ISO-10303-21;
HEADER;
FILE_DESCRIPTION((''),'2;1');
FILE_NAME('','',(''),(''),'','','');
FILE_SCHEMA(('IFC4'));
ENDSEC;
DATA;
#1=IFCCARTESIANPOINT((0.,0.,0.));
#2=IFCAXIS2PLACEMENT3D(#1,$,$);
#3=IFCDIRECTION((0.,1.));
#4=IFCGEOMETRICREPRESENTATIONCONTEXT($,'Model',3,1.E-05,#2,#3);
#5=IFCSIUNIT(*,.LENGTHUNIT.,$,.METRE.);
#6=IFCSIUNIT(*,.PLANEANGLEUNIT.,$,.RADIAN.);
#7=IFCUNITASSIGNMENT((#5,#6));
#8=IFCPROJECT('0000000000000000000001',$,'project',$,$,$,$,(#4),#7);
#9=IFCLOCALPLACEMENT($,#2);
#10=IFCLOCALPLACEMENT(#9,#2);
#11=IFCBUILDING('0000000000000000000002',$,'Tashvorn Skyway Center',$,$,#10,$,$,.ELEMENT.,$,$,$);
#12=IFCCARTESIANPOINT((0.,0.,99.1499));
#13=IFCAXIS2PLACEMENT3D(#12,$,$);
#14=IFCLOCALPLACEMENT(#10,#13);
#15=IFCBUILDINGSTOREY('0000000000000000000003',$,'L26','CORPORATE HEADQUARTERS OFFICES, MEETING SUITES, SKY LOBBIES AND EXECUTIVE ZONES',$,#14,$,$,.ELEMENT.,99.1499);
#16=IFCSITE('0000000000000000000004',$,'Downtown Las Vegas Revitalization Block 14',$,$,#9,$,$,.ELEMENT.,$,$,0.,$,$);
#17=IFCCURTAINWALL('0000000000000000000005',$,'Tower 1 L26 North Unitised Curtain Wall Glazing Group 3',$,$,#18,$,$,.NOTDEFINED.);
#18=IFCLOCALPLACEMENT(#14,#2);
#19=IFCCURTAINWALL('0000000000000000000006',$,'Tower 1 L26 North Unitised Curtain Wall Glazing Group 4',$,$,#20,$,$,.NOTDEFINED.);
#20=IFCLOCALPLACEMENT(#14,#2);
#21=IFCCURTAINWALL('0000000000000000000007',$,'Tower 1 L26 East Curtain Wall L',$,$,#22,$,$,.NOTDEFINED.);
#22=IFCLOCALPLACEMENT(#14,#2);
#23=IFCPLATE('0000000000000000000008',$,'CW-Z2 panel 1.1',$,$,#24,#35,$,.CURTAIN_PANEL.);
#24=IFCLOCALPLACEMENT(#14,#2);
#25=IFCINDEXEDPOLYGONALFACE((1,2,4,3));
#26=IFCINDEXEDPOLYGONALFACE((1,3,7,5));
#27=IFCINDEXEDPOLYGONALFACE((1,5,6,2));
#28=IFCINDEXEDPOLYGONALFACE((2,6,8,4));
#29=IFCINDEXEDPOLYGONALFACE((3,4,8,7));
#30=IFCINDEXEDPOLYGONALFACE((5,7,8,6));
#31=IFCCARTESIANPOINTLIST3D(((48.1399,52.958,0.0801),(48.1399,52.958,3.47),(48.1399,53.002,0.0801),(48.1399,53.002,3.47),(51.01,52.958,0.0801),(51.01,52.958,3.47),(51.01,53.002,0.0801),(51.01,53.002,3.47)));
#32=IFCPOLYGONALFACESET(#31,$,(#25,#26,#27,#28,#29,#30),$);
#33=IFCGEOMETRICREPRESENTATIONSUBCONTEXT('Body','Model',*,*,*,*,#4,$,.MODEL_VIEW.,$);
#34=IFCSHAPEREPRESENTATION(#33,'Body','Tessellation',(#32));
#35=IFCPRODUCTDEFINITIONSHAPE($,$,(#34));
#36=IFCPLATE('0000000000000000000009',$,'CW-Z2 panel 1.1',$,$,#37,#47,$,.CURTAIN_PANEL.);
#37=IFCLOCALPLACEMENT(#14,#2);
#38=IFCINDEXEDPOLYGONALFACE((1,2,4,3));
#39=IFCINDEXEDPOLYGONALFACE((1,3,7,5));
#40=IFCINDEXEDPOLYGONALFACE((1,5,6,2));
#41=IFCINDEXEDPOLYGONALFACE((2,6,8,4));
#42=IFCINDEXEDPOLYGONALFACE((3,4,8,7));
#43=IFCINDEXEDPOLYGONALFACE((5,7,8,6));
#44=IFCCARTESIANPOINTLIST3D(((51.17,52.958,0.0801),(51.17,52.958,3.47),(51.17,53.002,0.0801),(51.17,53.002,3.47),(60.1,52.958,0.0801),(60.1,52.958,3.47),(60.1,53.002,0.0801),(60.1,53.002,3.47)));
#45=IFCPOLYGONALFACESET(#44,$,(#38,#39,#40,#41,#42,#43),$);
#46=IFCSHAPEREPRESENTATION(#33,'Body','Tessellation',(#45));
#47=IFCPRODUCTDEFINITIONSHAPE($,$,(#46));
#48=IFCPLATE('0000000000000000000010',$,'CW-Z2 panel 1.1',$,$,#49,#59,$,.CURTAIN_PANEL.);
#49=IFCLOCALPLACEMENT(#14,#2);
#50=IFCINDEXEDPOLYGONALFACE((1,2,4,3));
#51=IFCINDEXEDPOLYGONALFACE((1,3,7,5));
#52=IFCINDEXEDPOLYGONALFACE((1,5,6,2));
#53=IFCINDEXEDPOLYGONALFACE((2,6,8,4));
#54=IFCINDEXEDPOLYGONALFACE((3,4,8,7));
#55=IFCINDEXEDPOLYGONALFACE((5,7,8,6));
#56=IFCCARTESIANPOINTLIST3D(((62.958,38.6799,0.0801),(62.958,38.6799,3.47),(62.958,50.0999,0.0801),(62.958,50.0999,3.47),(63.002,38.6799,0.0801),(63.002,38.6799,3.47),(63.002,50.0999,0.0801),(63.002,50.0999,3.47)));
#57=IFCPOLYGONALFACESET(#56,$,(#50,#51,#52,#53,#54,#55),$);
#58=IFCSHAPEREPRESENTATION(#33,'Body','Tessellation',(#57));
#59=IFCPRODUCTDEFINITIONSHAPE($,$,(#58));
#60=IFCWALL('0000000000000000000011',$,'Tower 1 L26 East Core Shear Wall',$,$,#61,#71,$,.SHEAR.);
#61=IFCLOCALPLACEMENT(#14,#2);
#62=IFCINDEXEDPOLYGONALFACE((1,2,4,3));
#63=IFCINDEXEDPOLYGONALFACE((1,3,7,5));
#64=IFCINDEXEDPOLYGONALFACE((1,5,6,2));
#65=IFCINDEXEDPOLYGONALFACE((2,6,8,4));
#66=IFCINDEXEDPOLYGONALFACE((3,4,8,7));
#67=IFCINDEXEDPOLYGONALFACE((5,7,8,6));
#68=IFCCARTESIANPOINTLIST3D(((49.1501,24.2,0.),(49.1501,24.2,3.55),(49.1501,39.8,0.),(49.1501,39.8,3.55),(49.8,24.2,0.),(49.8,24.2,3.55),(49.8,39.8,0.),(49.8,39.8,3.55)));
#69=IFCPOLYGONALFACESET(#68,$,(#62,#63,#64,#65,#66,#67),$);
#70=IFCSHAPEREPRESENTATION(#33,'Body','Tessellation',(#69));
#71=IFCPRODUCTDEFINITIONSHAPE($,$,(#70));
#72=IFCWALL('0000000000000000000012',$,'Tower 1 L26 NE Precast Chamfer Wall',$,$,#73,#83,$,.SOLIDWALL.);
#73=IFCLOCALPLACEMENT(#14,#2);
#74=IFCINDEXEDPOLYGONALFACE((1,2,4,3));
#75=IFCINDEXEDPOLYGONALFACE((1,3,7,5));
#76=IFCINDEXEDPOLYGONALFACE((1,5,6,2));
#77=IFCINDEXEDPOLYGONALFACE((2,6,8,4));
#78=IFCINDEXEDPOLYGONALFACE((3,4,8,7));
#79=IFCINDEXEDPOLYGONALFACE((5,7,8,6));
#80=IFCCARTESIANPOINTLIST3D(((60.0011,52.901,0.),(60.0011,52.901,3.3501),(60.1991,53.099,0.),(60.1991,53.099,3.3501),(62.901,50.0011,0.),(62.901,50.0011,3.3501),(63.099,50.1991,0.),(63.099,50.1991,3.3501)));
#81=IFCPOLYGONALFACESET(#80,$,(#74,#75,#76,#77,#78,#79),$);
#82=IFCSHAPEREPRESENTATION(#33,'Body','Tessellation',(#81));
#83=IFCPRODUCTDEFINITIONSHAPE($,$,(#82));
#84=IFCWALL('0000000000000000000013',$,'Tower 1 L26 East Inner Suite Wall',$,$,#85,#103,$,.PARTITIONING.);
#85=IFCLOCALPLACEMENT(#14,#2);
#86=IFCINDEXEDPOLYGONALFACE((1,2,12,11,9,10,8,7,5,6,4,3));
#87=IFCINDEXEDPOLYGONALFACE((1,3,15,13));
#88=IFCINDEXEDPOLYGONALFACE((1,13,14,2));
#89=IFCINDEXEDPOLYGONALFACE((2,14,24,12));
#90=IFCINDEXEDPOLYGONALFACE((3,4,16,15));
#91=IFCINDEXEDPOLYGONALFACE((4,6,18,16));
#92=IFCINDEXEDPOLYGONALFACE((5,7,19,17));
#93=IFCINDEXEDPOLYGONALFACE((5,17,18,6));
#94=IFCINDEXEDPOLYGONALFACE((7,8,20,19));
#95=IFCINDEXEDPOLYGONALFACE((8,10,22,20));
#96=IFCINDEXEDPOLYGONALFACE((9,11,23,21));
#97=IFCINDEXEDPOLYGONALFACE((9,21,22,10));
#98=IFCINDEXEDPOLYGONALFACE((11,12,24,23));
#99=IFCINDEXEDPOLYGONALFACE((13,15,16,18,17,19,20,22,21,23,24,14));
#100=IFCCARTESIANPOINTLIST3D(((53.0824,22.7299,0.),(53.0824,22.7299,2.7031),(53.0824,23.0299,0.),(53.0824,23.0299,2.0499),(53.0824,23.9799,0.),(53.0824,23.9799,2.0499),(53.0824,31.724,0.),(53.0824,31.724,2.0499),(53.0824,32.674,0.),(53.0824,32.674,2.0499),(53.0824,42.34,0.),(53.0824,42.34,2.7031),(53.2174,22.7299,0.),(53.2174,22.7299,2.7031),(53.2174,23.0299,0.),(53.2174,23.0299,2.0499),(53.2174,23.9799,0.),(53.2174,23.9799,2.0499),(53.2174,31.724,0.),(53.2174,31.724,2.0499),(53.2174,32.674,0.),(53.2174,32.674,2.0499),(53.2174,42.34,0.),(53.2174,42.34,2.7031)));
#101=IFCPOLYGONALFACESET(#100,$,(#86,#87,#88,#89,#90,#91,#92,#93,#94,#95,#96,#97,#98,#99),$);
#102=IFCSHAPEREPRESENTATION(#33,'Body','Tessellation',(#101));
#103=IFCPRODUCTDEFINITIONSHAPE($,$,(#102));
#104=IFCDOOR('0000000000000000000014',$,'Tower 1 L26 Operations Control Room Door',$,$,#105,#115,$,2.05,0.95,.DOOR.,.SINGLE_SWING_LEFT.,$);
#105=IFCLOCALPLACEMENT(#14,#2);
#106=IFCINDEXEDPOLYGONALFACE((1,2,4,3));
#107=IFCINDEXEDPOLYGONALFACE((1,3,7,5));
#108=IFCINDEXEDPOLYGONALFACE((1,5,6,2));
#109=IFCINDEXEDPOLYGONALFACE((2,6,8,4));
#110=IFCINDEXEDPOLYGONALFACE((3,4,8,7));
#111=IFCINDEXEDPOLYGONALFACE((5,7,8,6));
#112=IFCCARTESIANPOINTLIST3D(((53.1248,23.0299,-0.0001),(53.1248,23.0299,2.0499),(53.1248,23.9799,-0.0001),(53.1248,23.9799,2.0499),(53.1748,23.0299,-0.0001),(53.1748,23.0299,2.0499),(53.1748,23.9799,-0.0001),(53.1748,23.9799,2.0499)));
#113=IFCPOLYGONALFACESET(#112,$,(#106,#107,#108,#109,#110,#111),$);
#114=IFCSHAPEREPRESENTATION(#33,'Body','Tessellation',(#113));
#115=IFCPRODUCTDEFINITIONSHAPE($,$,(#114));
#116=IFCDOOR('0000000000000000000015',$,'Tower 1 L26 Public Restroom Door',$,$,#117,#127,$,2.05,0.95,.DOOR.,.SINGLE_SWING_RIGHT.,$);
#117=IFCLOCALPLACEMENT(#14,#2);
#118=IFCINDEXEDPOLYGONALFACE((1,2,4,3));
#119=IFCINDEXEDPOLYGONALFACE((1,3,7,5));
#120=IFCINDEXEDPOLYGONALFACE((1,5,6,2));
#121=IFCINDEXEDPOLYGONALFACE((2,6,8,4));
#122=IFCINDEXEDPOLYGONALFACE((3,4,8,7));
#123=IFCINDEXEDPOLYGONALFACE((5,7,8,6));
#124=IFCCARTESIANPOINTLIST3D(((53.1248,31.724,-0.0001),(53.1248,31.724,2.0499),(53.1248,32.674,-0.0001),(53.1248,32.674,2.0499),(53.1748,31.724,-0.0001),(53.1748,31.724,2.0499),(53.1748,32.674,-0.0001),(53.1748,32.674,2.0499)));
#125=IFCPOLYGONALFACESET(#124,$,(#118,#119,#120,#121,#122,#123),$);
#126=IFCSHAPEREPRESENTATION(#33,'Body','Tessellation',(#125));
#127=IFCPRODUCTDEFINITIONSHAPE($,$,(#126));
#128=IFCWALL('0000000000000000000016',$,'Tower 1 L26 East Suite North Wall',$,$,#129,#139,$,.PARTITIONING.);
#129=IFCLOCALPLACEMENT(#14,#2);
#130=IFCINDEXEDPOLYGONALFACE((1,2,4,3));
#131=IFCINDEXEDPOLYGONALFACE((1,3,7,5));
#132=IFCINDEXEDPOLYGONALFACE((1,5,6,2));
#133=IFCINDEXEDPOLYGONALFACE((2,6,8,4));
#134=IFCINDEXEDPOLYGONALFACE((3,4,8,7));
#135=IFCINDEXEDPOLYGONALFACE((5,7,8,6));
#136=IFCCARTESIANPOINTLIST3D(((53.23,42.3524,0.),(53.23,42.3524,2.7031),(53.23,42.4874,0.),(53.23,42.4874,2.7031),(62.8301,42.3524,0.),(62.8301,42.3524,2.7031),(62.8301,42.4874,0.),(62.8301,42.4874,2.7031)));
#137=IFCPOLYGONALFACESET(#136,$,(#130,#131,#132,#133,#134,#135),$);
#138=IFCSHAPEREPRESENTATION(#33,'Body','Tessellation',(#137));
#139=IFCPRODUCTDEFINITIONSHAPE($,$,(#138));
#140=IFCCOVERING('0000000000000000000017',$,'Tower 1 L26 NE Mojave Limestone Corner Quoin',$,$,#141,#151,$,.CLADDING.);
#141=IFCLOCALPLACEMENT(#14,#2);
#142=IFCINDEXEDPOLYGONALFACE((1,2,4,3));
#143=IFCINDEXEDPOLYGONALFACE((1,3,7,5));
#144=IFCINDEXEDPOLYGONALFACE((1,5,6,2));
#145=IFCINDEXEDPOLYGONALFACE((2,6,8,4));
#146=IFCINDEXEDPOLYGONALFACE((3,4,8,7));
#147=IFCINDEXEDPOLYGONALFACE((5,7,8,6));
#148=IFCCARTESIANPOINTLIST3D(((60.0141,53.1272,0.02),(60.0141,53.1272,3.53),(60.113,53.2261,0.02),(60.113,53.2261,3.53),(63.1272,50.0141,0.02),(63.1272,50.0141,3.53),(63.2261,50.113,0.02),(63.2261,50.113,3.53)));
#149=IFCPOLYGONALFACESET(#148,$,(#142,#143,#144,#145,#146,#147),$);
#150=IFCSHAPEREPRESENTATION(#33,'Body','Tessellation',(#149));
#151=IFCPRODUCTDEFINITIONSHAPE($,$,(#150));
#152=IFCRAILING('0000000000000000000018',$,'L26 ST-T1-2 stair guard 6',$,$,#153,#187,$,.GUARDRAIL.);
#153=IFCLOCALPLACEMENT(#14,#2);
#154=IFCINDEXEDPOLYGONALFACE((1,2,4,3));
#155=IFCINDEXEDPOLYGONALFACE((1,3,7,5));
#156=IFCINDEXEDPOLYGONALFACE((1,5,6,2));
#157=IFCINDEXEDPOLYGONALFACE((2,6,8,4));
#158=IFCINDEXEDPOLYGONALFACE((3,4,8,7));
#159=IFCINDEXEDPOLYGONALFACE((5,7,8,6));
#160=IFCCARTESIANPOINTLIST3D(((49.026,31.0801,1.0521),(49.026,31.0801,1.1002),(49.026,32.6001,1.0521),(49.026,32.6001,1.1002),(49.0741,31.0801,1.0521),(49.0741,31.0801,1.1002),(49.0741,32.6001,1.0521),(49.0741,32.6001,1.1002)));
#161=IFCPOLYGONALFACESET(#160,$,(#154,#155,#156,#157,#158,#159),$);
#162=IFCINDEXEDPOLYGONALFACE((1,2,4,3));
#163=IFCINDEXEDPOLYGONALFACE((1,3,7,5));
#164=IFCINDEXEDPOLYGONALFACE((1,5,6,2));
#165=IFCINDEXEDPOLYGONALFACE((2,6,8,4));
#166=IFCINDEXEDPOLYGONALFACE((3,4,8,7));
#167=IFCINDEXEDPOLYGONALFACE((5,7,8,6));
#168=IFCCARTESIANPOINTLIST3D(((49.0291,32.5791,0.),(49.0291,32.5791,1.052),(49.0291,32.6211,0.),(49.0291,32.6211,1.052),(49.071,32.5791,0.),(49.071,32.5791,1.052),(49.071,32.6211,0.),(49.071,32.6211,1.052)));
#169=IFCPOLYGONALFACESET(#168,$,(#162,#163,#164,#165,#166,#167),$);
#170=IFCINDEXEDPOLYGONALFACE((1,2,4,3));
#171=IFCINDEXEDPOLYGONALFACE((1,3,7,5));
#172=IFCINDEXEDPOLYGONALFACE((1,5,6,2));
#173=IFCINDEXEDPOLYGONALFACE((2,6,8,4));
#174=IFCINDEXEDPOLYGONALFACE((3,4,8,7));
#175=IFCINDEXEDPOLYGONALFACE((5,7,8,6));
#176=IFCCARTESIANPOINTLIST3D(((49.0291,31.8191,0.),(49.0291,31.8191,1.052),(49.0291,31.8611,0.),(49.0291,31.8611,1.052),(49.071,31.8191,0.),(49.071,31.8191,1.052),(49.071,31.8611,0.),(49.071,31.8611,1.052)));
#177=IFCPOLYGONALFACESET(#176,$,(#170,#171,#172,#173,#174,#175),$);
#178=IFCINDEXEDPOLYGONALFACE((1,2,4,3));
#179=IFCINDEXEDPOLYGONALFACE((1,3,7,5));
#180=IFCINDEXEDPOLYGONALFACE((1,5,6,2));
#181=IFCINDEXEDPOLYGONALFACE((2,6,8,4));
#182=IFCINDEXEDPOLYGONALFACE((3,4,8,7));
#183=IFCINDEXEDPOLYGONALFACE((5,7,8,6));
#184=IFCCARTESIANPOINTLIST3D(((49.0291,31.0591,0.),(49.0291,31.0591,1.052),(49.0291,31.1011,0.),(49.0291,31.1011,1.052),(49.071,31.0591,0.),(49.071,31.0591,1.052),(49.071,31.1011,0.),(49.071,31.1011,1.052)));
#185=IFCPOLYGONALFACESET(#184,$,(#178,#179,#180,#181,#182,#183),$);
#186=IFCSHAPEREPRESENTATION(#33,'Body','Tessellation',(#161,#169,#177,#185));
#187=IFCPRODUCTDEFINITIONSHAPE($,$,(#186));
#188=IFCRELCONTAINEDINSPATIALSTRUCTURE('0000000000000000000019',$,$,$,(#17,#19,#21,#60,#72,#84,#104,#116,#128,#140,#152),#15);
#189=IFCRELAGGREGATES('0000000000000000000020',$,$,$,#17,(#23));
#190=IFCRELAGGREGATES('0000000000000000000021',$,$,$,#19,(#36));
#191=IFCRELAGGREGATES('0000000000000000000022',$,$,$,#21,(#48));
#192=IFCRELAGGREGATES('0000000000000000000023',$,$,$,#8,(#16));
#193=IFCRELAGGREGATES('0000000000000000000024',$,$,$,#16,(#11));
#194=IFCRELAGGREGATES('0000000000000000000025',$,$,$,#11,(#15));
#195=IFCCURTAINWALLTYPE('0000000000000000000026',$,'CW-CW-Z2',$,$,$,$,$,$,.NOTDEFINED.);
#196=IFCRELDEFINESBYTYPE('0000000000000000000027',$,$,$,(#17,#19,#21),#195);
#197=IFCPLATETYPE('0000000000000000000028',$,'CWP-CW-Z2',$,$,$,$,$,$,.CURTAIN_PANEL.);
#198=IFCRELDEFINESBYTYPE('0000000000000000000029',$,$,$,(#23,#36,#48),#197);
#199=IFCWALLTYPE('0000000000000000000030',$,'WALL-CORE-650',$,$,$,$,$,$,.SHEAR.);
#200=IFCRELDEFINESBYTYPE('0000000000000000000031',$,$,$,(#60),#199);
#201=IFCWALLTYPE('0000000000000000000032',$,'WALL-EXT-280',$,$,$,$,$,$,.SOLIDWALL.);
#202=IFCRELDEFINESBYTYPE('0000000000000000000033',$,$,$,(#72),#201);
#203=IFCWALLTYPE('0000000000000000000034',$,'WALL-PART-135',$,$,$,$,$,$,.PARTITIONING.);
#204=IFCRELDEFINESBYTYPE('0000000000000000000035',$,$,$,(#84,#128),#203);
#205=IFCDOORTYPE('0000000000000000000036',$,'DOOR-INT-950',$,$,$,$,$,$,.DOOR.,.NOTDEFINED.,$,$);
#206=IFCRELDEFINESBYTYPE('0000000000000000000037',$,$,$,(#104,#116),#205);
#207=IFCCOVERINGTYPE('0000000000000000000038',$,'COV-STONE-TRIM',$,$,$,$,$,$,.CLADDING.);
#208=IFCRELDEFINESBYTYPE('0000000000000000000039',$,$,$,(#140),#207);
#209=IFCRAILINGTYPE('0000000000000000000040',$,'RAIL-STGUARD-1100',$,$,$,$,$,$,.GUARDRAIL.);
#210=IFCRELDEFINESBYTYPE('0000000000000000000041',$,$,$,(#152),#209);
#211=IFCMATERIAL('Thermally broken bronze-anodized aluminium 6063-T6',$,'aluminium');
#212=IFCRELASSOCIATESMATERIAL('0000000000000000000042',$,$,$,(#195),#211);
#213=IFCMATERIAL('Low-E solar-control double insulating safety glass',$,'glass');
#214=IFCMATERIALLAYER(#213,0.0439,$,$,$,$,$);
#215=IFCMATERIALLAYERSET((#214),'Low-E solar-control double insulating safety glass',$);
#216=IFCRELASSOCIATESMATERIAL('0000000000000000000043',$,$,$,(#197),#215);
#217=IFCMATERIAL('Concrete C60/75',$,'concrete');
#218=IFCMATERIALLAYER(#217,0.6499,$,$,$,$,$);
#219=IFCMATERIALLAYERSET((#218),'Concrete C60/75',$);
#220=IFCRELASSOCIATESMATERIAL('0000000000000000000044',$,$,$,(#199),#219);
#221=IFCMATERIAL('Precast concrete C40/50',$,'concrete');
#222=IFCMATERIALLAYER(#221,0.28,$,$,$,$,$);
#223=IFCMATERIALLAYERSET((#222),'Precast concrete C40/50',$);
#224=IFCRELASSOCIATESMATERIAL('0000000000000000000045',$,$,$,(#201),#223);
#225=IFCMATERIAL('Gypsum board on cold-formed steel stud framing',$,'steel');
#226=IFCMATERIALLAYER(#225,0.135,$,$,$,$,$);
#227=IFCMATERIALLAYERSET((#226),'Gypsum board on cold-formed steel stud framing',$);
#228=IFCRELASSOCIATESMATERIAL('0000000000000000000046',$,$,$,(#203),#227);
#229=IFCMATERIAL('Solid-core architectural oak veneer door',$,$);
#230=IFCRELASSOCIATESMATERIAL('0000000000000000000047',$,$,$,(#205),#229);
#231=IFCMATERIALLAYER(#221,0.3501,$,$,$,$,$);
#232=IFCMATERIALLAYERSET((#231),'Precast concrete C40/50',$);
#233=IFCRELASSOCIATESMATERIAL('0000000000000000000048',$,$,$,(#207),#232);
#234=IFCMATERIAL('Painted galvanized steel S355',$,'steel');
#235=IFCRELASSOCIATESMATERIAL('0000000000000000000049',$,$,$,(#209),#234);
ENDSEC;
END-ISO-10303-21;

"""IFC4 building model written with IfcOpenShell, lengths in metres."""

from ifc_helpers import new_model, si_unit, direction, frame, frame_2d, origin, origin_2d, place, context, subcontext, project, spatial, rectangle, extrude, material, layer, layer_set, type_object, element, fill, aggregate, save


model = new_model("IFC4")

# Units and contexts
model_context = context("Model", 3, precision=1e-05, world=origin(), true_north=direction((0.0, 1.0)))
body_context = subcontext(model_context, "Body", "Model", "MODEL_VIEW")
ifc_project = project(units=[si_unit("LENGTHUNIT", "METRE"), si_unit("PLANEANGLEUNIT", "RADIAN")], contexts=[model_context])

# Site, building, storey
site_placement = place(None, origin())
site = spatial("IfcSite", under=ifc_project, at=site_placement, Name="Downtown Las Vegas Revitalization Block 14", CompositionType="ELEMENT", RefElevation=0.0)
building_placement = place(site_placement, origin())
building = spatial("IfcBuilding", under=site, at=building_placement, Name="Tashvorn Skyway Center", CompositionType="ELEMENT")
storey_placement = place(building_placement, frame((0.0, 0.0, 99.1499)))
storey = spatial("IfcBuildingStorey", under=building, at=storey_placement, Name="L26", Description="CORPORATE HEADQUARTERS OFFICES, MEETING SUITES, SKY LOBBIES AND EXECUTIVE ZONES", CompositionType="ELEMENT", Elevation=99.1499)

# Curtain walls
ifc_material_1 = material(Name="Thermally broken bronze-anodized aluminium 6063-T6", Category="aluminium")
curtain_wall_type = type_object("IfcCurtainWallType", Name="CW-CW-Z2", PredefinedType="NOTDEFINED", material=ifc_material_1)
curtain_wall_1_placement = place(storey_placement, origin())
curtain_wall_1 = element("IfcCurtainWall", 1, at=curtain_wall_1_placement, inside=storey, type_object=curtain_wall_type, Name="Tower 1 L26 North Unitised Curtain Wall Glazing Group 3", PredefinedType="NOTDEFINED")
curtain_wall_2_placement = place(storey_placement, origin())
curtain_wall_2 = element("IfcCurtainWall", 2, at=curtain_wall_2_placement, inside=storey, type_object=curtain_wall_type, Name="Tower 1 L26 North Unitised Curtain Wall Glazing Group 4", PredefinedType="NOTDEFINED")
curtain_wall_3_placement = place(storey_placement, origin())
curtain_wall_3 = element("IfcCurtainWall", 3, at=curtain_wall_3_placement, inside=storey, type_object=curtain_wall_type, Name="Tower 1 L26 East Curtain Wall L", PredefinedType="NOTDEFINED")

# Plates
ifc_material_2 = material(Name="Low-E solar-control double insulating safety glass", Category="glass")
ifc_layer_1 = layer(ifc_material_2, 0.0439)
ifc_layer_set_1 = layer_set([ifc_layer_1], Name="Low-E solar-control double insulating safety glass")
plate_type = type_object("IfcPlateType", Name="CWP-CW-Z2", PredefinedType="CURTAIN_PANEL", material=ifc_layer_set_1)
plate_1_placement = place(storey_placement, frame((49.575, 52.98, 0.0801), z_axis=(0.0, 0.0, 1.0), x_axis=(1.0, 0.0, 0.0)))
plate_1 = element("IfcPlate", 4, at=plate_1_placement, type_object=plate_type, Name="CW-Z2 panel 1.1", PredefinedType="CURTAIN_PANEL", context=body_context, shape_type="SweptSolid", body=[
    extrude(rectangle(XDim=2.8701, YDim=0.0439, at=origin_2d()), origin(), (0.0, 0.0, 1.0), 3.3899),
])
aggregate(curtain_wall_1, [plate_1])
plate_2_placement = place(storey_placement, frame((55.635, 52.98, 0.0801), z_axis=(0.0, 0.0, 1.0), x_axis=(1.0, 0.0, 0.0)))
plate_2 = element("IfcPlate", 5, at=plate_2_placement, type_object=plate_type, Name="CW-Z2 panel 1.1", PredefinedType="CURTAIN_PANEL", context=body_context, shape_type="SweptSolid", body=[
    extrude(rectangle(XDim=8.9299, YDim=0.0439, at=origin_2d()), origin(), (0.0, 0.0, 1.0), 3.3899),
])
aggregate(curtain_wall_2, [plate_2])
plate_3_placement = place(storey_placement, frame((62.98, 44.3899, 0.0801), z_axis=(0.0, 0.0, 1.0), x_axis=(0.0, -1.0, 0.0)))
plate_3 = element("IfcPlate", 6, at=plate_3_placement, type_object=plate_type, Name="CW-Z2 panel 1.1", PredefinedType="CURTAIN_PANEL", context=body_context, shape_type="SweptSolid", body=[
    extrude(rectangle(XDim=11.4199, YDim=0.0439, at=origin_2d()), origin(), (0.0, 0.0, 1.0), 3.3899),
])
aggregate(curtain_wall_3, [plate_3])

# Walls
ifc_material_3 = material(Name="Concrete C60/75", Category="concrete")
ifc_layer_2 = layer(ifc_material_3, 0.6499)
ifc_layer_set_2 = layer_set([ifc_layer_2], Name="Concrete C60/75")
wall_type_1 = type_object("IfcWallType", Name="WALL-CORE-650", PredefinedType="SHEAR", material=ifc_layer_set_2)
wall_1_placement = place(storey_placement, frame((49.4751, 39.8, 0.0), z_axis=(0.0, 0.0, 1.0), x_axis=(0.0, -1.0, 0.0)))
element("IfcWall", 7, at=wall_1_placement, inside=storey, type_object=wall_type_1, Name="Tower 1 L26 East Core Shear Wall", PredefinedType="SHEAR", context=body_context, shape_type="SweptSolid", body=[
    extrude(rectangle(XDim=15.6001, YDim=0.6499, at=frame_2d((7.8, 0.0))), origin(), (0.0, 0.0, 1.0), 3.55),
])
ifc_material_4 = material(Name="Precast concrete C40/50", Category="concrete")
ifc_layer_3 = layer(ifc_material_4, 0.28)
ifc_layer_set_3 = layer_set([ifc_layer_3], Name="Precast concrete C40/50")
wall_type_2 = type_object("IfcWallType", Name="WALL-EXT-280", PredefinedType="SOLIDWALL", material=ifc_layer_set_3)
wall_2_placement = place(storey_placement, frame((60.1001, 53.0, 0.0), z_axis=(0.0, 0.0, 1.0), x_axis=(0.707107, -0.707107, 0.0)))
element("IfcWall", 8, at=wall_2_placement, inside=storey, type_object=wall_type_2, Name="Tower 1 L26 NE Precast Chamfer Wall", PredefinedType="SOLIDWALL", context=body_context, shape_type="SweptSolid", body=[
    extrude(rectangle(XDim=4.1011, YDim=0.28, at=frame_2d((2.0505, 0.0))), origin(), (0.0, 0.0, 1.0), 3.3501),
])

# Wall, openings, doors
ifc_material_5 = material(Name="Gypsum board on cold-formed steel stud framing", Category="steel")
ifc_layer_4 = layer(ifc_material_5, 0.135)
ifc_layer_set_4 = layer_set([ifc_layer_4], Name="Gypsum board on cold-formed steel stud framing")
wall_type_3 = type_object("IfcWallType", Name="WALL-PART-135", PredefinedType="PARTITIONING", material=ifc_layer_set_4)
wall_3_placement = place(storey_placement, frame((53.1499, 42.3401, 0.0), z_axis=(0.0, 0.0, 1.0), x_axis=(0.0, -1.0, 0.0)))
wall_3 = element("IfcWall", 9, at=wall_3_placement, inside=storey, type_object=wall_type_3, Name="Tower 1 L26 East Inner Suite Wall", PredefinedType="PARTITIONING", context=body_context, shape_type="SweptSolid", body=[
    extrude(rectangle(XDim=19.6101, YDim=0.135, at=frame_2d((9.8052, 0.0))), origin(), (0.0, 0.0, 1.0), 2.7031),
])
opening_1_placement = place(wall_3_placement, frame((18.3601, 0.0, 0.0)))
opening_1 = element("IfcOpeningElement", 10, at=opening_1_placement, cuts=wall_3, PredefinedType="OPENING", context=body_context, shape_type="SweptSolid", body=[
    extrude(rectangle(XDim=0.95, YDim=2.05, at=frame_2d((0.4751, 1.0249))), frame((0.0, 0.0774, 0.0), z_axis=(0.0, -1.0, 0.0), x_axis=(1.0, 0.0, 0.0)), (0.0, 0.0, 1.0), 0.155),
])
opening_2_placement = place(wall_3_placement, frame((9.666, 0.0, 0.0)))
opening_2 = element("IfcOpeningElement", 11, at=opening_2_placement, cuts=wall_3, PredefinedType="OPENING", context=body_context, shape_type="SweptSolid", body=[
    extrude(rectangle(XDim=0.95, YDim=2.05, at=frame_2d((0.4751, 1.0249))), frame((0.0, 0.0774, 0.0), z_axis=(0.0, -1.0, 0.0), x_axis=(1.0, 0.0, 0.0)), (0.0, 0.0, 1.0), 0.155),
])
ifc_material_6 = material(Name="Solid-core architectural oak veneer door")
door_type = type_object("IfcDoorType", Name="DOOR-INT-950", OperationType="NOTDEFINED", PredefinedType="DOOR", material=ifc_material_6)
door_1_placement = place(opening_1_placement, origin())
door_1 = element("IfcDoor", 12, at=door_1_placement, inside=storey, type_object=door_type, Name="Tower 1 L26 Operations Control Room Door", OperationType="SINGLE_SWING_LEFT", OverallHeight=2.05, OverallWidth=0.95, PredefinedType="DOOR", context=body_context, shape_type="SweptSolid", body=[
    extrude(rectangle(XDim=0.95, YDim=2.05, at=frame_2d((0.4751, 1.0249))), frame((0.0, 0.0249, 0.0), z_axis=(0.0, -1.0, 0.0), x_axis=(1.0, 0.0, 0.0)), (0.0, 0.0, 1.0), 0.05),
])
fill(opening_1, door_1)
door_2_placement = place(opening_2_placement, origin())
door_2 = element("IfcDoor", 13, at=door_2_placement, inside=storey, type_object=door_type, Name="Tower 1 L26 Public Restroom Door", OperationType="SINGLE_SWING_RIGHT", OverallHeight=2.05, OverallWidth=0.95, PredefinedType="DOOR", context=body_context, shape_type="SweptSolid", body=[
    extrude(rectangle(XDim=0.95, YDim=2.05, at=frame_2d((0.4751, 1.0249))), frame((0.0, 0.0249, 0.0), z_axis=(0.0, -1.0, 0.0), x_axis=(1.0, 0.0, 0.0)), (0.0, 0.0, 1.0), 0.05),
])
fill(opening_2, door_2)

# Wall
wall_4_placement = place(storey_placement, frame((62.8301, 42.4199, 0.0), z_axis=(0.0, 0.0, 1.0), x_axis=(-1.0, 0.0, 0.0)))
element("IfcWall", 14, at=wall_4_placement, inside=storey, type_object=wall_type_3, Name="Tower 1 L26 East Suite North Wall", PredefinedType="PARTITIONING", context=body_context, shape_type="SweptSolid", body=[
    extrude(rectangle(XDim=9.6001, YDim=0.135, at=frame_2d((4.8, 0.0))), origin(), (0.0, 0.0, 1.0), 2.7031),
])

# Covering
ifc_layer_5 = layer(ifc_material_4, 0.3501)
ifc_layer_set_5 = layer_set([ifc_layer_5], Name="Precast concrete C40/50")
covering_type = type_object("IfcCoveringType", Name="COV-STONE-TRIM", PredefinedType="CLADDING", material=ifc_layer_set_5)
covering_placement = place(storey_placement, frame((61.6201, 51.6201, 0.02), z_axis=(0.0, 0.0, 1.0), x_axis=(0.707107, -0.707107, 0.0)))
element("IfcCovering", 15, at=covering_placement, inside=storey, type_object=covering_type, Name="Tower 1 L26 NE Mojave Limestone Corner Quoin", PredefinedType="CLADDING", context=body_context, shape_type="SweptSolid", body=[
    extrude(rectangle(XDim=4.4026, YDim=0.1399, at=origin_2d()), origin(), (0.0, 0.0, 1.0), 3.51),
])

# Railing
ifc_material_7 = material(Name="Painted galvanized steel S355", Category="steel")
railing_type = type_object("IfcRailingType", Name="RAIL-STGUARD-1100", PredefinedType="GUARDRAIL", material=ifc_material_7)
railing_placement = place(storey_placement, frame((49.05, 32.6001, 0.0)))
element("IfcRailing", 16, at=railing_placement, inside=storey, type_object=railing_type, Name="L26 ST-T1-2 stair guard 6", PredefinedType="GUARDRAIL", context=body_context, shape_type="SweptSolid", body=[
    extrude(rectangle(XDim=0.0481, YDim=0.0481, at=origin_2d()), frame((0.0, 0.0, 1.0762), z_axis=(0.0, -1.0, 0.0), x_axis=(1.0, 0.0, 0.0)), (0.0, 0.0, 1.0), 1.52),
    extrude(rectangle(XDim=0.042, YDim=0.042, at=origin_2d()), origin(), (0.0, 0.0, 1.0), 1.052),
    extrude(rectangle(XDim=0.042, YDim=0.042, at=origin_2d()), frame((0.0, -0.76, 0.0)), (0.0, 0.0, 1.0), 1.052),
    extrude(rectangle(XDim=0.042, YDim=0.042, at=origin_2d()), frame((0.0, -1.52, 0.0)), (0.0, 0.0, 1.0), 1.052),
])

save(model, "model.ifc")
